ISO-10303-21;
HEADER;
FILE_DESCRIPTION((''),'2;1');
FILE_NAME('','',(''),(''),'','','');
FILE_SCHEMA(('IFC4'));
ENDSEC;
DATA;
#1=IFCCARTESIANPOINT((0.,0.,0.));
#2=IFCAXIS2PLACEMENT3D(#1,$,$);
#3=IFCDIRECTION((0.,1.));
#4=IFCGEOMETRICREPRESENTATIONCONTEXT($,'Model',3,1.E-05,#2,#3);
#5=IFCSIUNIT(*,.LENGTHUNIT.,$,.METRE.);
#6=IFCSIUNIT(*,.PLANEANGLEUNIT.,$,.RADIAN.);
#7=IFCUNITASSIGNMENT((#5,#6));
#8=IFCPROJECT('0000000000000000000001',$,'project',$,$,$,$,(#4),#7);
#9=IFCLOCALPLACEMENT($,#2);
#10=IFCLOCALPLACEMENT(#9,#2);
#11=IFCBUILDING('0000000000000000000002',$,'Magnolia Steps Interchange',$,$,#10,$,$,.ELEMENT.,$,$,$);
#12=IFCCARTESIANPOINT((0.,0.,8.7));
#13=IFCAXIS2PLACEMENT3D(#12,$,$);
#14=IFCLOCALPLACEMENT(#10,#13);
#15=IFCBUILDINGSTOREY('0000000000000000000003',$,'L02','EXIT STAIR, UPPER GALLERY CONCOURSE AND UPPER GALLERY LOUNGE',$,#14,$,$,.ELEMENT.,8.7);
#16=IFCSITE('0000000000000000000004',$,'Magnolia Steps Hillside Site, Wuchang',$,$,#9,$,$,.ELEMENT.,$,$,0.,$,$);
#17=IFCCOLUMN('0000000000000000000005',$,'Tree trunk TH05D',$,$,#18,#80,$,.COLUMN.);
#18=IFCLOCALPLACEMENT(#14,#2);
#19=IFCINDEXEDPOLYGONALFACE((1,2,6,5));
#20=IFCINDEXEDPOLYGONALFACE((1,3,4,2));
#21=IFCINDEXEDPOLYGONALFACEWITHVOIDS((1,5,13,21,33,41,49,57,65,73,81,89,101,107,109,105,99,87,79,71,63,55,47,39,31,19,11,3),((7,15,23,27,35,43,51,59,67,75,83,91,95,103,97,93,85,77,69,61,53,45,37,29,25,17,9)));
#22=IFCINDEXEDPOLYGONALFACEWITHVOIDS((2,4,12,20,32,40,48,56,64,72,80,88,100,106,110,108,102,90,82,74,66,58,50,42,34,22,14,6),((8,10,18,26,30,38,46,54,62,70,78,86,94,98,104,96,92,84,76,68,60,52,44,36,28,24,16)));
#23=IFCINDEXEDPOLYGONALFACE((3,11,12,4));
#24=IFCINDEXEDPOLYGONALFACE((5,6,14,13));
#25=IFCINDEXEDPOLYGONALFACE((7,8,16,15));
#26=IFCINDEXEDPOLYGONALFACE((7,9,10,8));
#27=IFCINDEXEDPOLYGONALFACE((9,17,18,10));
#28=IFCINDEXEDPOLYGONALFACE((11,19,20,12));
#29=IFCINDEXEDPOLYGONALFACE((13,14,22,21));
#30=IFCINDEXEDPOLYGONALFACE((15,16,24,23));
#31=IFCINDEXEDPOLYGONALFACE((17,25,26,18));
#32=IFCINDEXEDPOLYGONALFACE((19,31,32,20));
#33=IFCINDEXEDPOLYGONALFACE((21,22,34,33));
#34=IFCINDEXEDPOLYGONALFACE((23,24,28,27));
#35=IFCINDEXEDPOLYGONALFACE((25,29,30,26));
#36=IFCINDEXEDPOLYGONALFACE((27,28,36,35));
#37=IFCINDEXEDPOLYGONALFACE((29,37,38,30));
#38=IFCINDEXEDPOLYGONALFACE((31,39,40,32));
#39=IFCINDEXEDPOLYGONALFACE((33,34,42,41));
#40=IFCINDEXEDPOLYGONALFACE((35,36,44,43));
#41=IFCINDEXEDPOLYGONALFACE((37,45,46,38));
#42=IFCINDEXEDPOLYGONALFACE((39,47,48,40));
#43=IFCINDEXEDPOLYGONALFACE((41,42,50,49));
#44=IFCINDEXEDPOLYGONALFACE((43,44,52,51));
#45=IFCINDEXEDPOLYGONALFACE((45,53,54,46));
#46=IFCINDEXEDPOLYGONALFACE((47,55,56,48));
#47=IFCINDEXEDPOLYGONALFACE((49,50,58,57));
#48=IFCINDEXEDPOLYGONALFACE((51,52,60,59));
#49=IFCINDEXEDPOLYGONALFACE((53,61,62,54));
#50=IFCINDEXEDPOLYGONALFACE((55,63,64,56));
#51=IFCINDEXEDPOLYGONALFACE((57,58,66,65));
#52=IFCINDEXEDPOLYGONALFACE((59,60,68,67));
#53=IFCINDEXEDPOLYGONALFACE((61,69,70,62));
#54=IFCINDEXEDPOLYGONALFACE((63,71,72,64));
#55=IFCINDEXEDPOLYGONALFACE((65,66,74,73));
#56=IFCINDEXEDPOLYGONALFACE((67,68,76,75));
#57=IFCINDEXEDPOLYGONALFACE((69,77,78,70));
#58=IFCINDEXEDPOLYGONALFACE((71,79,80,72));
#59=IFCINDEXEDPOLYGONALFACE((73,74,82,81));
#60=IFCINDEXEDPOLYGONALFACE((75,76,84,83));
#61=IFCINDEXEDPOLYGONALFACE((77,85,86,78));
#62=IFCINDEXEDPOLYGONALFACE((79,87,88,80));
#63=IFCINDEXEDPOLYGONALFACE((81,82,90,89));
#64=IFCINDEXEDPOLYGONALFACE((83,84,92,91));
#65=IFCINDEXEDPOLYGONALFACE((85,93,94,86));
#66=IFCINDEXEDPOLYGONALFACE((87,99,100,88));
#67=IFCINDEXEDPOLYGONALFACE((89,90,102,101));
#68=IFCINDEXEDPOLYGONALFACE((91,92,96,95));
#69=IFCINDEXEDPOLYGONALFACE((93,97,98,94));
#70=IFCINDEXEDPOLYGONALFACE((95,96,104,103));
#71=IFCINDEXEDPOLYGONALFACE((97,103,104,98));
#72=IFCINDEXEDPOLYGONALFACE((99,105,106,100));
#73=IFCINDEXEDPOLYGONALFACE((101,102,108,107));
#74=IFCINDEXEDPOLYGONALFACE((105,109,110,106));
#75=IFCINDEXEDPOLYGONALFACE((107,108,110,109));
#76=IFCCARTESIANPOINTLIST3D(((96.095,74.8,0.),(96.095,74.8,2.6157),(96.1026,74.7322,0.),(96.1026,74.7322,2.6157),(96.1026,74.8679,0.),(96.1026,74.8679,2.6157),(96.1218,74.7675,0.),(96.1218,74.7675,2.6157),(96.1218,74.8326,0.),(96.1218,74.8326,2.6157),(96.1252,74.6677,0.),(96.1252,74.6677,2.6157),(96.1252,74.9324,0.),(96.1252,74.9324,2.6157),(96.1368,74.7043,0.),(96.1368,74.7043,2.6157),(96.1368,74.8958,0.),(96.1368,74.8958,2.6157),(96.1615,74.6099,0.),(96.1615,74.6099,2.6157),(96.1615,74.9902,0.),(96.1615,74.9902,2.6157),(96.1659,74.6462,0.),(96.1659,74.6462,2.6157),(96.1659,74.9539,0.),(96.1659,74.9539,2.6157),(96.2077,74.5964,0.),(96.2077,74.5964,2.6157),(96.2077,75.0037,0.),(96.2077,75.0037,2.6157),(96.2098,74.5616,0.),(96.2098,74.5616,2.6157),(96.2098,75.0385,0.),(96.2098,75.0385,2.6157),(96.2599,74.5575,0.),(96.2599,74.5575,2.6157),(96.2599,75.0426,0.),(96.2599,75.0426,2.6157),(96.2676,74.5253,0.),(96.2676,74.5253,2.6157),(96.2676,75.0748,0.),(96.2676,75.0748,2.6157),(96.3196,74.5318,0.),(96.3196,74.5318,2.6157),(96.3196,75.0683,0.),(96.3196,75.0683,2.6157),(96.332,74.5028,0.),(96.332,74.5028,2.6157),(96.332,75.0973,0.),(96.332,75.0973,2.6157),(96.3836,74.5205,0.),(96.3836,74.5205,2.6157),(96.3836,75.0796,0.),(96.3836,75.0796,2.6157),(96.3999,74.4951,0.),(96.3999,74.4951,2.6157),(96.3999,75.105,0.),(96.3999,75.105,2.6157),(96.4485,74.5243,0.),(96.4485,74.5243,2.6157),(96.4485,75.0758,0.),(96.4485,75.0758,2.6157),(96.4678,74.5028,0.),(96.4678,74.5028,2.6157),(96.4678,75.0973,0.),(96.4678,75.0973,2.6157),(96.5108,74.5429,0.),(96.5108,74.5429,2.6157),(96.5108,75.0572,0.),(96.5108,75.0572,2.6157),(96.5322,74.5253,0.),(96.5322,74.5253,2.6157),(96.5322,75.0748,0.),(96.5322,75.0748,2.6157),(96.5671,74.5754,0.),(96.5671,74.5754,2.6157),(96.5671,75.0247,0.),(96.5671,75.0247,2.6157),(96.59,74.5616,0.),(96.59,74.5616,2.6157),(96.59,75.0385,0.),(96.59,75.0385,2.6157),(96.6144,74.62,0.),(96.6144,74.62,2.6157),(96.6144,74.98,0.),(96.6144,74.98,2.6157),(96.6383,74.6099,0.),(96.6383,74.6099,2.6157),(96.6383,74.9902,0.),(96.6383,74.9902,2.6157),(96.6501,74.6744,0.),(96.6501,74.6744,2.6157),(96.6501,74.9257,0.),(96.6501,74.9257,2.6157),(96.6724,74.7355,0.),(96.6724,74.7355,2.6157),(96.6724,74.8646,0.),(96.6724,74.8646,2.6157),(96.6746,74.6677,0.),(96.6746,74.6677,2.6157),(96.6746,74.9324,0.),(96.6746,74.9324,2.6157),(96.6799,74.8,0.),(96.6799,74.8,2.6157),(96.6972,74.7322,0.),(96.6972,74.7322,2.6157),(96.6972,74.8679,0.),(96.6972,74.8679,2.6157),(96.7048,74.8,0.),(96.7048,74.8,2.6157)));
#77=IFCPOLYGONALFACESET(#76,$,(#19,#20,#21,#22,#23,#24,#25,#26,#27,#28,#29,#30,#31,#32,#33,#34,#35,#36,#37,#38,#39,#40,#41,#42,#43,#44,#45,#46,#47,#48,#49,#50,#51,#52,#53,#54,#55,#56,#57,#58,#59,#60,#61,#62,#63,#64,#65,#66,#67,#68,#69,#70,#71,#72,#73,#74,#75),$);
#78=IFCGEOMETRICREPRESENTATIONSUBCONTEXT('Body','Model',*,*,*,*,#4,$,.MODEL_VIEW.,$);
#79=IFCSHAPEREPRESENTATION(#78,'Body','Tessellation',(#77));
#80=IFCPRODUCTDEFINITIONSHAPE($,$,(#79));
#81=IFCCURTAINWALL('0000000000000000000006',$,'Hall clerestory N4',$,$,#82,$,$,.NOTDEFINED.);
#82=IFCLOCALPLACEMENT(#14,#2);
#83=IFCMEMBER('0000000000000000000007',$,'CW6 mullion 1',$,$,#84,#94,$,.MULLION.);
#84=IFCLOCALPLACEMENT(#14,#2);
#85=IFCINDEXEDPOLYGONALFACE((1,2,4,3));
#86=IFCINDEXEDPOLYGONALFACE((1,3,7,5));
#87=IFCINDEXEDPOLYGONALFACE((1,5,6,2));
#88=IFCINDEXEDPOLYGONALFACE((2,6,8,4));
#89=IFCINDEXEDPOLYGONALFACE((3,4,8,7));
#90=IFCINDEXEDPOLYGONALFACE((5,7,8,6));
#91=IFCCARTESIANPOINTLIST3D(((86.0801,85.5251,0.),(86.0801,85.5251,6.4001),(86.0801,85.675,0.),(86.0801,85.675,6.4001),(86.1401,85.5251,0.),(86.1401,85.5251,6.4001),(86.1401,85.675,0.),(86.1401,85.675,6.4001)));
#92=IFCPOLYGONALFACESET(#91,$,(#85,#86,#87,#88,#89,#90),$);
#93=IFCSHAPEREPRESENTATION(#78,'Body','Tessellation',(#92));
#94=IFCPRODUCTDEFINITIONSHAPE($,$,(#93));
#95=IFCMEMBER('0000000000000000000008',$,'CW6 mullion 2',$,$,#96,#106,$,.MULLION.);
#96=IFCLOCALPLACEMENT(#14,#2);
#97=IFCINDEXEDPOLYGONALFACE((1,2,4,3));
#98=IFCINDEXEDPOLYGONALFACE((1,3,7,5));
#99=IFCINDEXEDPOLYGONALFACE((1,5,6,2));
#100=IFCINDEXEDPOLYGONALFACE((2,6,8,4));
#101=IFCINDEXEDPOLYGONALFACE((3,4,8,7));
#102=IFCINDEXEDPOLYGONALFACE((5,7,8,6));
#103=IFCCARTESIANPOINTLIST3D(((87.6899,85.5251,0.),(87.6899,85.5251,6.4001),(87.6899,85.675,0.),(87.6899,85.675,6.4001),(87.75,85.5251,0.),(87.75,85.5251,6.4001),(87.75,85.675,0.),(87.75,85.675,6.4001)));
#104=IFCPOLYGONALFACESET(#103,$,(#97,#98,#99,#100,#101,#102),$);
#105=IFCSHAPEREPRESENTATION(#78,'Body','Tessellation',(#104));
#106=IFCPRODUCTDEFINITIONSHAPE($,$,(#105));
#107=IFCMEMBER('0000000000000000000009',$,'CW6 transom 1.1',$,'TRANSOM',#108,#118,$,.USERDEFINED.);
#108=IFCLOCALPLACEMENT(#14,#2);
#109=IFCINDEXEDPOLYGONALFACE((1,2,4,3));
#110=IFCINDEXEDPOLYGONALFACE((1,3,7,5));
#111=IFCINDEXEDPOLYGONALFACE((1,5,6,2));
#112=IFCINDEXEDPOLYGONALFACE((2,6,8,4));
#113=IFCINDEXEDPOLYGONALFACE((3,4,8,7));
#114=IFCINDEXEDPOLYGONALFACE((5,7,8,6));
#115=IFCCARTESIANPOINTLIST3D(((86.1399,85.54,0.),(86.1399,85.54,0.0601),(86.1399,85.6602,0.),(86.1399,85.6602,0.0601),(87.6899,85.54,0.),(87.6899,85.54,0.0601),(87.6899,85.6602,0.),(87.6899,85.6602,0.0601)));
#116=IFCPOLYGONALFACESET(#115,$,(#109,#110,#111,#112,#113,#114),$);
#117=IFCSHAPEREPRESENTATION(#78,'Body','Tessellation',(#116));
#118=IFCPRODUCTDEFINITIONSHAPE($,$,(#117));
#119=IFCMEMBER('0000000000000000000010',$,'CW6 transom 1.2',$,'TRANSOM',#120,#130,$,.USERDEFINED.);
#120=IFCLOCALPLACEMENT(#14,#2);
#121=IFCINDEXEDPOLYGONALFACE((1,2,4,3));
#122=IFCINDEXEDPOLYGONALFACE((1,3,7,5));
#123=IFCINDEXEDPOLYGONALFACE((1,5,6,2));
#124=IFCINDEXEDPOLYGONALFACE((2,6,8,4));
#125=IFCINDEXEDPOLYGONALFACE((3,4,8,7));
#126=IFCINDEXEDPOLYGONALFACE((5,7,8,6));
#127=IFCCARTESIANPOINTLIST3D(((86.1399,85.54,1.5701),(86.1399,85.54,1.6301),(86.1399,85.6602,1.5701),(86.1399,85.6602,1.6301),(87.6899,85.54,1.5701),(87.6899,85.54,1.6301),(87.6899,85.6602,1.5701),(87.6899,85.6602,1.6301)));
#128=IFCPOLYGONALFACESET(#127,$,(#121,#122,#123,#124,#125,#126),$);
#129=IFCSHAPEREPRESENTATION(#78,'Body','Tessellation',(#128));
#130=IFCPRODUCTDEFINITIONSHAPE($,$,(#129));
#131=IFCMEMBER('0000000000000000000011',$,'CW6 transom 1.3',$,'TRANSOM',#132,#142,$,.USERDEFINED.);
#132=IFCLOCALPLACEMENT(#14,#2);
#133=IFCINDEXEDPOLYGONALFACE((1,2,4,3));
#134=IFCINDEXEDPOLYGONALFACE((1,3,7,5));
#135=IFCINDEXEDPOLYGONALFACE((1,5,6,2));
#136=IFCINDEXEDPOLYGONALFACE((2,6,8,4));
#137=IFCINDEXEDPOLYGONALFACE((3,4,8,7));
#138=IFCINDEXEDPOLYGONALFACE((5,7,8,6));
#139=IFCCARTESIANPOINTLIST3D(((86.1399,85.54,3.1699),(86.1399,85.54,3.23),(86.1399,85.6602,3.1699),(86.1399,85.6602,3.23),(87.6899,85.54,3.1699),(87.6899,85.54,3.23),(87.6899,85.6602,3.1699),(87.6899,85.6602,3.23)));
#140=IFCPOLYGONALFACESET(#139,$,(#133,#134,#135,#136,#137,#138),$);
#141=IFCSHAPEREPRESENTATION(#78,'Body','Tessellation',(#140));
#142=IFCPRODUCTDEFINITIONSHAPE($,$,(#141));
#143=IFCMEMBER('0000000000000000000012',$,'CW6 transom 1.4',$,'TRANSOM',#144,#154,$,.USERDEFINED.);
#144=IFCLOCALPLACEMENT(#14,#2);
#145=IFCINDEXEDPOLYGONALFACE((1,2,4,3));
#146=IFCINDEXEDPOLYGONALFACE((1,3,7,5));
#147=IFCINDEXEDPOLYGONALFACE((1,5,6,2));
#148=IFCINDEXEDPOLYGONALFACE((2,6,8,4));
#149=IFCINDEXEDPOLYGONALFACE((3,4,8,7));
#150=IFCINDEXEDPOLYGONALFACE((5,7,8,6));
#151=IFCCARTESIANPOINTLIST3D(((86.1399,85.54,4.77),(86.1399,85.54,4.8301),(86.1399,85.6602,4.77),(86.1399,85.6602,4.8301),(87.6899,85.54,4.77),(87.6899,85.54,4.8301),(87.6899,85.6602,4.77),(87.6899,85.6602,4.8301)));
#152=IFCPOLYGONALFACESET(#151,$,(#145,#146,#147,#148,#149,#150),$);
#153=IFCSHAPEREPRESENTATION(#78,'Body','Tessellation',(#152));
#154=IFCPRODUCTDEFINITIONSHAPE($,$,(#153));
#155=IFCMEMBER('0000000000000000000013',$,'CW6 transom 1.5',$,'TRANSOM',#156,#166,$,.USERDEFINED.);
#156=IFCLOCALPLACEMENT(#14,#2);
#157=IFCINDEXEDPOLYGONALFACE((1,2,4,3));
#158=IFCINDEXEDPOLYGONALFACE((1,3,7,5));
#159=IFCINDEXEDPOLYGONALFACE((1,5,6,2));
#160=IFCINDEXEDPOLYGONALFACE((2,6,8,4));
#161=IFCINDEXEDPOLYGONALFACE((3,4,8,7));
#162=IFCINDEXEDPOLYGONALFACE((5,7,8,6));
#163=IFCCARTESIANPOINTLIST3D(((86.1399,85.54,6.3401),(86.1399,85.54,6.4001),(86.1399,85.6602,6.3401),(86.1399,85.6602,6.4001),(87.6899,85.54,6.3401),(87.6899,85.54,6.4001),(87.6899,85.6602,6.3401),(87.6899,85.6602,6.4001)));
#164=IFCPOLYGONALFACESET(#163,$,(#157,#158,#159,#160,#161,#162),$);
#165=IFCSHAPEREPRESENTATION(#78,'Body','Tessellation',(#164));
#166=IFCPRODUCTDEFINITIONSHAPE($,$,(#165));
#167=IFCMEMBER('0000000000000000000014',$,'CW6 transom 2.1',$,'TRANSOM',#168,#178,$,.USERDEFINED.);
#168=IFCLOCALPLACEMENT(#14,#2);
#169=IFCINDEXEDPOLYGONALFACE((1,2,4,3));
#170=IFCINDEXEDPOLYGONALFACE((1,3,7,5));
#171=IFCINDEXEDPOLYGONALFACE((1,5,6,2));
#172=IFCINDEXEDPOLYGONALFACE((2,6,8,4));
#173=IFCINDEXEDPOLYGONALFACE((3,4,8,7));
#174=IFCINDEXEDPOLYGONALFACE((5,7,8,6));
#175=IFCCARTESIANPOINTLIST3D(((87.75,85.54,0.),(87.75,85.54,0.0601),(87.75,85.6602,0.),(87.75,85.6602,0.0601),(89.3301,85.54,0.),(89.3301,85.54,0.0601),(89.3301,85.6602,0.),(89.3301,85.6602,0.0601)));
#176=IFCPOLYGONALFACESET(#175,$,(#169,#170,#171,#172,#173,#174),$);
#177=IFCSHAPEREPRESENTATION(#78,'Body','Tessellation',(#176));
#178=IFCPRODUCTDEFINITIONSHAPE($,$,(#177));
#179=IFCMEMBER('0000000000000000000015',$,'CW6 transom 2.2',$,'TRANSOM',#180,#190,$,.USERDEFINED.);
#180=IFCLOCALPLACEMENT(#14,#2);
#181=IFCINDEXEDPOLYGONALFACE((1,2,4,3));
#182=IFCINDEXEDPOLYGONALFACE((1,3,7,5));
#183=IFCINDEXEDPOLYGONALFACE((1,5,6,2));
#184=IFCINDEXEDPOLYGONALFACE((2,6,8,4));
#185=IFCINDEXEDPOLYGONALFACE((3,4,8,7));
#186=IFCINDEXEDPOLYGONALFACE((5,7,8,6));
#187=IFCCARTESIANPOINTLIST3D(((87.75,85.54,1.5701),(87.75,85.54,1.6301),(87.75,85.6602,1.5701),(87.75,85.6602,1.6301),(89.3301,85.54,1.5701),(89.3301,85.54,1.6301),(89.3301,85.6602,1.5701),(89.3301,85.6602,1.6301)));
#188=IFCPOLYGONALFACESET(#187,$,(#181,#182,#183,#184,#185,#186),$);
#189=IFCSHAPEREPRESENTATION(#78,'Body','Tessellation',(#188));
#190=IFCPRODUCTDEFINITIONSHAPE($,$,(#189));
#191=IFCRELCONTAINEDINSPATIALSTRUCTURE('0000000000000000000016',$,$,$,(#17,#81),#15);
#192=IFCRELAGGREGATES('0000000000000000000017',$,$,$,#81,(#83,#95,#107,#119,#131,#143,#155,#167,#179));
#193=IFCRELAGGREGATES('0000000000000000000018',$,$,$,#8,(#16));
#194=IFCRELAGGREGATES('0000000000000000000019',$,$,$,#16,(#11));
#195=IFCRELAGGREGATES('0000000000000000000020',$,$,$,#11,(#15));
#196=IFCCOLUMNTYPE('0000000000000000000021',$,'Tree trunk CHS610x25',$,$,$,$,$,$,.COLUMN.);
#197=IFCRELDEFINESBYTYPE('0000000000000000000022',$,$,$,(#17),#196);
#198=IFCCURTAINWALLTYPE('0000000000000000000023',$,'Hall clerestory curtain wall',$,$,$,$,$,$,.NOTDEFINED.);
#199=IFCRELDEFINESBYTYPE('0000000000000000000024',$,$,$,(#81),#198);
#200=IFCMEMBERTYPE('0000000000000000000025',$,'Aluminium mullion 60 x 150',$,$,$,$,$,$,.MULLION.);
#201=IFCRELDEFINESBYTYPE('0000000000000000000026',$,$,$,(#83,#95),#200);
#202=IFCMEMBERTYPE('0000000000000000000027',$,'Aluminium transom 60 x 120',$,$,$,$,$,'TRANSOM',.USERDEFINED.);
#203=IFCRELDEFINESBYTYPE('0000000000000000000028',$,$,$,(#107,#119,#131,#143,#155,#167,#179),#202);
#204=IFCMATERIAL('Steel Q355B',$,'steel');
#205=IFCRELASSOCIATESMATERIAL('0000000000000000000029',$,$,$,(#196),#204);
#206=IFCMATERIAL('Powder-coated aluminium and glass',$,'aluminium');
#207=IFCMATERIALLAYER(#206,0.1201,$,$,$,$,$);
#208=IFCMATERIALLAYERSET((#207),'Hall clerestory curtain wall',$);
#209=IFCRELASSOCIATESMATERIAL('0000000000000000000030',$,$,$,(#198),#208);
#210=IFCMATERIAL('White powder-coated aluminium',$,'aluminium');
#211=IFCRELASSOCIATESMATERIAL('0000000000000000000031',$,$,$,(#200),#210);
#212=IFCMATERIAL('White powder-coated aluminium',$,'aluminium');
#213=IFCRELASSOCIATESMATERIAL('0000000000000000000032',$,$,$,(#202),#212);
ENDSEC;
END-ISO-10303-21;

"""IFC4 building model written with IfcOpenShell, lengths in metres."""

from ifc_helpers import new_model, si_unit, direction, frame, origin, origin_2d, place, context, subcontext, project, spatial, rectangle, hollow_circle, extrude, material, layer, layer_set, material_profile, profile_set, type_object, element, aggregate, save


model = new_model("IFC4")

# Units and contexts
model_context = context("Model", 3, precision=1e-05, world=origin(), true_north=direction((0.0, 1.0)))
body_context = subcontext(model_context, "Body", "Model", "MODEL_VIEW")
ifc_project = project(units=[si_unit("LENGTHUNIT", "METRE"), si_unit("PLANEANGLEUNIT", "RADIAN")], contexts=[model_context])

# Site, building, storey
site_placement = place(None, origin())
site = spatial("IfcSite", under=ifc_project, at=site_placement, Name="Magnolia Steps Hillside Site, Wuchang", CompositionType="ELEMENT", RefElevation=0.0)
building_placement = place(site_placement, origin())
building = spatial("IfcBuilding", under=site, at=building_placement, Name="Magnolia Steps Interchange", CompositionType="ELEMENT")
storey_placement = place(building_placement, frame((0.0, 0.0, 8.7)))
storey = spatial("IfcBuildingStorey", under=building, at=storey_placement, Name="L02", Description="EXIT STAIR, UPPER GALLERY CONCOURSE AND UPPER GALLERY LOUNGE", CompositionType="ELEMENT", Elevation=8.7)

# Column
ifc_material_1 = material(Name="Steel Q355B", Category="steel")
ifc_material_profile_1 = material_profile(ifc_material_1, hollow_circle(Radius=0.3049, WallThickness=0.0249, at=origin_2d()), Name="CHS610x25")
ifc_profile_set_1 = profile_set([ifc_material_profile_1], Name="Steel Q355B")
column_type = type_object("IfcColumnType", Name="Tree trunk CHS610x25", PredefinedType="COLUMN", material=ifc_profile_set_1)
column_placement = place(storey_placement, frame((96.3999, 74.8, 0.0), z_axis=(0.0, 0.0, 1.0), x_axis=(1.0, 0.0, 0.0)))
element("IfcColumn", 1, at=column_placement, inside=storey, type_object=column_type, Name="Tree trunk TH05D", PredefinedType="COLUMN", context=body_context, shape_type="SweptSolid", body=[
    extrude(hollow_circle(Radius=0.3049, WallThickness=0.0249, at=origin_2d()), origin(), (0.0, 0.0, 1.0), 2.6157),
])

# Curtain wall, members
ifc_material_2 = material(Name="Powder-coated aluminium and glass", Category="aluminium")
ifc_layer_1 = layer(ifc_material_2, 0.1201)
ifc_layer_set_1 = layer_set([ifc_layer_1], Name="Hall clerestory curtain wall")
curtain_wall_type = type_object("IfcCurtainWallType", Name="Hall clerestory curtain wall", PredefinedType="NOTDEFINED", material=ifc_layer_set_1)
curtain_wall_placement = place(storey_placement, origin())
curtain_wall = element("IfcCurtainWall", 2, at=curtain_wall_placement, inside=storey, type_object=curtain_wall_type, Name="Hall clerestory N4", PredefinedType="NOTDEFINED")
ifc_material_3 = material(Name="White powder-coated aluminium", Category="aluminium")
ifc_material_profile_2 = material_profile(ifc_material_3, rectangle(XDim=0.0601, YDim=0.1499, at=origin_2d()), Name="Aluminium mullion 60 x 150")
ifc_profile_set_2 = profile_set([ifc_material_profile_2], Name="White powder-coated aluminium")
member_type_1 = type_object("IfcMemberType", Name="Aluminium mullion 60 x 150", PredefinedType="MULLION", material=ifc_profile_set_2)
member_1_placement = place(storey_placement, frame((86.1101, 85.6001, 0.0), z_axis=(0.0, 0.0, 1.0), x_axis=(1.0, 0.0, 0.0)))
member_1 = element("IfcMember", 3, at=member_1_placement, type_object=member_type_1, Name="CW6 mullion 1", PredefinedType="MULLION", context=body_context, shape_type="SweptSolid", body=[
    extrude(rectangle(XDim=0.0601, YDim=0.1499, at=origin_2d()), origin(), (0.0, 0.0, 1.0), 6.4001),
])
member_2_placement = place(storey_placement, frame((87.72, 85.6001, 0.0), z_axis=(0.0, 0.0, 1.0), x_axis=(1.0, 0.0, 0.0)))
member_2 = element("IfcMember", 4, at=member_2_placement, type_object=member_type_1, Name="CW6 mullion 2", PredefinedType="MULLION", context=body_context, shape_type="SweptSolid", body=[
    extrude(rectangle(XDim=0.0601, YDim=0.1499, at=origin_2d()), origin(), (0.0, 0.0, 1.0), 6.4001),
])
ifc_material_4 = material(Name="White powder-coated aluminium", Category="aluminium")
ifc_material_profile_3 = material_profile(ifc_material_4, rectangle(XDim=0.0601, YDim=0.1201, at=origin_2d()), Name="Aluminium transom 60 x 120")
ifc_profile_set_3 = profile_set([ifc_material_profile_3], Name="White powder-coated aluminium")
member_type_2 = type_object("IfcMemberType", Name="Aluminium transom 60 x 120", ElementType="TRANSOM", PredefinedType="USERDEFINED", material=ifc_profile_set_3)
member_3_placement = place(storey_placement, frame((86.1399, 85.6001, 0.03), z_axis=(1.0, 0.0, 0.0), x_axis=(0.0, 0.0, 1.0)))
member_3 = element("IfcMember", 5, at=member_3_placement, type_object=member_type_2, Name="CW6 transom 1.1", ObjectType="TRANSOM", PredefinedType="USERDEFINED", context=body_context, shape_type="SweptSolid", body=[
    extrude(rectangle(XDim=0.0601, YDim=0.1201, at=origin_2d()), origin(), (0.0, 0.0, 1.0), 1.55),
])
member_4_placement = place(storey_placement, frame((86.1399, 85.6001, 1.6001), z_axis=(1.0, 0.0, 0.0), x_axis=(0.0, 0.0, 1.0)))
member_4 = element("IfcMember", 6, at=member_4_placement, type_object=member_type_2, Name="CW6 transom 1.2", ObjectType="TRANSOM", PredefinedType="USERDEFINED", context=body_context, shape_type="SweptSolid", body=[
    extrude(rectangle(XDim=0.0601, YDim=0.1201, at=origin_2d()), origin(), (0.0, 0.0, 1.0), 1.55),
])
member_5_placement = place(storey_placement, frame((86.1399, 85.6001, 3.2), z_axis=(1.0, 0.0, 0.0), x_axis=(0.0, 0.0, 1.0)))
member_5 = element("IfcMember", 7, at=member_5_placement, type_object=member_type_2, Name="CW6 transom 1.3", ObjectType="TRANSOM", PredefinedType="USERDEFINED", context=body_context, shape_type="SweptSolid", body=[
    extrude(rectangle(XDim=0.0601, YDim=0.1201, at=origin_2d()), origin(), (0.0, 0.0, 1.0), 1.55),
])
member_6_placement = place(storey_placement, frame((86.1399, 85.6001, 4.8), z_axis=(1.0, 0.0, 0.0), x_axis=(0.0, 0.0, 1.0)))
member_6 = element("IfcMember", 8, at=member_6_placement, type_object=member_type_2, Name="CW6 transom 1.4", ObjectType="TRANSOM", PredefinedType="USERDEFINED", context=body_context, shape_type="SweptSolid", body=[
    extrude(rectangle(XDim=0.0601, YDim=0.1201, at=origin_2d()), origin(), (0.0, 0.0, 1.0), 1.55),
])
member_7_placement = place(storey_placement, frame((86.1399, 85.6001, 6.3701), z_axis=(1.0, 0.0, 0.0), x_axis=(0.0, 0.0, 1.0)))
member_7 = element("IfcMember", 9, at=member_7_placement, type_object=member_type_2, Name="CW6 transom 1.5", ObjectType="TRANSOM", PredefinedType="USERDEFINED", context=body_context, shape_type="SweptSolid", body=[
    extrude(rectangle(XDim=0.0601, YDim=0.1201, at=origin_2d()), origin(), (0.0, 0.0, 1.0), 1.55),
])
member_8_placement = place(storey_placement, frame((87.75, 85.6001, 0.03), z_axis=(1.0, 0.0, 0.0), x_axis=(0.0, 0.0, 1.0)))
member_8 = element("IfcMember", 10, at=member_8_placement, type_object=member_type_2, Name="CW6 transom 2.1", ObjectType="TRANSOM", PredefinedType="USERDEFINED", context=body_context, shape_type="SweptSolid", body=[
    extrude(rectangle(XDim=0.0601, YDim=0.1201, at=origin_2d()), origin(), (0.0, 0.0, 1.0), 1.5801),
])
member_9_placement = place(storey_placement, frame((87.75, 85.6001, 1.6001), z_axis=(1.0, 0.0, 0.0), x_axis=(0.0, 0.0, 1.0)))
member_9 = element("IfcMember", 11, at=member_9_placement, type_object=member_type_2, Name="CW6 transom 2.2", ObjectType="TRANSOM", PredefinedType="USERDEFINED", context=body_context, shape_type="SweptSolid", body=[
    extrude(rectangle(XDim=0.0601, YDim=0.1201, at=origin_2d()), origin(), (0.0, 0.0, 1.0), 1.5801),
])

aggregate(curtain_wall, [member_1, member_2, member_3, member_4, member_5, member_6, member_7, member_8, member_9])

save(model, "model.ifc")
